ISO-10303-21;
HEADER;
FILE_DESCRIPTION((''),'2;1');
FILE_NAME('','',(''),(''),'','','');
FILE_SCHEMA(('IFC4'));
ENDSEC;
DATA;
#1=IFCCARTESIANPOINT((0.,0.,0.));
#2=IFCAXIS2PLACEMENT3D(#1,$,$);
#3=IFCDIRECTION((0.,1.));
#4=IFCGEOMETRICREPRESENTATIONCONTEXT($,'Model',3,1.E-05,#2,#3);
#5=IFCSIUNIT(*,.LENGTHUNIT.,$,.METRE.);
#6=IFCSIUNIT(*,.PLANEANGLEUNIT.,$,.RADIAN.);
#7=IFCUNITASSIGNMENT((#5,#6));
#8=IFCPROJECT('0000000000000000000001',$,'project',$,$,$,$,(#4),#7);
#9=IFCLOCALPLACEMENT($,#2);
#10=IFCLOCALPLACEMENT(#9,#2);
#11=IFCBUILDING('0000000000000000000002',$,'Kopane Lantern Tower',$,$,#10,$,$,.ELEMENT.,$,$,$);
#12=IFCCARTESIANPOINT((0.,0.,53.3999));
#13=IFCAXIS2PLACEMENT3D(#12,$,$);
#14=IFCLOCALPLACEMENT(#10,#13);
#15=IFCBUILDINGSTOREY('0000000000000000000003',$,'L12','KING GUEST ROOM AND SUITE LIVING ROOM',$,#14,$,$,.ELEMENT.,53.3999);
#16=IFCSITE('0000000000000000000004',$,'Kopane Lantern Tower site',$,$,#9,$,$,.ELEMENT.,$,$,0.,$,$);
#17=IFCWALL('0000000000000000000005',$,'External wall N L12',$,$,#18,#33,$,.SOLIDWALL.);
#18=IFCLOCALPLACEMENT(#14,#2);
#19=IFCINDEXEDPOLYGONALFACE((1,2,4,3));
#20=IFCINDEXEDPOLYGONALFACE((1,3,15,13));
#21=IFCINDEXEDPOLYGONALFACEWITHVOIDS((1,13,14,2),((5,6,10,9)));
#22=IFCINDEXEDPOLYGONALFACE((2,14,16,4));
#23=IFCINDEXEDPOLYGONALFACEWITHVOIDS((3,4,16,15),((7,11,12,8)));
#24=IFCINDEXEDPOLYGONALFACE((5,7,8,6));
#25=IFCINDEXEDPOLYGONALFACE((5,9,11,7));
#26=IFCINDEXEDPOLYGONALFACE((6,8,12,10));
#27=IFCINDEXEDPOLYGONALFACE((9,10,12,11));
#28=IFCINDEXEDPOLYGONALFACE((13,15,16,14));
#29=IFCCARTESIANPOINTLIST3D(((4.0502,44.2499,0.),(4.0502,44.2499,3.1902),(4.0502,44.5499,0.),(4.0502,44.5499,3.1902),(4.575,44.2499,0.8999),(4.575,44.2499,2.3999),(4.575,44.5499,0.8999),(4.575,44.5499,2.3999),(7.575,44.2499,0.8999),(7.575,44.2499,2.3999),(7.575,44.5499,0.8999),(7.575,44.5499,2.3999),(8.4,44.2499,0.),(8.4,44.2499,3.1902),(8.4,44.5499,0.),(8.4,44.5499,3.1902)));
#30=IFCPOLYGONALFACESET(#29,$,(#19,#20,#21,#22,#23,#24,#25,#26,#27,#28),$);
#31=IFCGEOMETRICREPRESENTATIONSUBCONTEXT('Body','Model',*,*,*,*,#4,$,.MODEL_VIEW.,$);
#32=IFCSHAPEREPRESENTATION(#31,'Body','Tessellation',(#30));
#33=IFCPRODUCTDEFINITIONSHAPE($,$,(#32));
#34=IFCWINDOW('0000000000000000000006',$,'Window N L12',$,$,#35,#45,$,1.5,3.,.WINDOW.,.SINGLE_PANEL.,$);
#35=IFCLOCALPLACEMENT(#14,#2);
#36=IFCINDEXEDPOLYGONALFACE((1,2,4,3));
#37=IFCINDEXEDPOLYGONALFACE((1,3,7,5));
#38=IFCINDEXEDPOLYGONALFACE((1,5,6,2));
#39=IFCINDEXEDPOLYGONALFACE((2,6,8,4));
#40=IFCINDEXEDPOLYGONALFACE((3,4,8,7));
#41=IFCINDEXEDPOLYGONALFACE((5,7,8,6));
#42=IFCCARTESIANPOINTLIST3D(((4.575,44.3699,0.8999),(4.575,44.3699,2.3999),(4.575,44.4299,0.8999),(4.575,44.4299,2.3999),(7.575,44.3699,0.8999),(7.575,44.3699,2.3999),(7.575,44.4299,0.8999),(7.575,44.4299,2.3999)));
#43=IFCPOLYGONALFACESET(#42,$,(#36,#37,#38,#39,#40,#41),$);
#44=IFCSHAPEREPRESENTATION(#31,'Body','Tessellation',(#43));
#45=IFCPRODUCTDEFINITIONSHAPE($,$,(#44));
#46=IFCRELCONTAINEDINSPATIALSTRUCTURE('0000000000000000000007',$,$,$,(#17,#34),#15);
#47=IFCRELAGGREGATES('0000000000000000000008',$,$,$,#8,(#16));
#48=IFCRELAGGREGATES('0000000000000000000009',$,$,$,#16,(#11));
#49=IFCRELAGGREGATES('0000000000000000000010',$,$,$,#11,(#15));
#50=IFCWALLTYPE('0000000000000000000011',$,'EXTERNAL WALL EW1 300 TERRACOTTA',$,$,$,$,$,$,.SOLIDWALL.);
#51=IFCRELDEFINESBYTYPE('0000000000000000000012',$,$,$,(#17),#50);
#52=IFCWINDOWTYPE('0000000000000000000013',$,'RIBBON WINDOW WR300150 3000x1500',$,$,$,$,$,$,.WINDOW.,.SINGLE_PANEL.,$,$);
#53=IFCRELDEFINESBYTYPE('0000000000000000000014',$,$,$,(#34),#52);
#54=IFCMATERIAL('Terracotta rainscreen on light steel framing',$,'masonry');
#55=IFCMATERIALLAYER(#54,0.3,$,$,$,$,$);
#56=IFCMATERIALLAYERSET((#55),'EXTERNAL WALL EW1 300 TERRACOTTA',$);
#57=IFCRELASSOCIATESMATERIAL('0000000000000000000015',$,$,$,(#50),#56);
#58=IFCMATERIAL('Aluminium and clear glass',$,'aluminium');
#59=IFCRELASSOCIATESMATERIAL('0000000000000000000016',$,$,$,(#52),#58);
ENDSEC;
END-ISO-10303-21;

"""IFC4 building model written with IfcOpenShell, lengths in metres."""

from ifc_helpers import new_model, si_unit, direction, frame, frame_2d, origin, place, context, subcontext, project, spatial, rectangle, extrude, material, layer, layer_set, type_object, element, fill, save


model = new_model("IFC4")

# Units and contexts
model_context = context("Model", 3, precision=1e-05, world=origin(), true_north=direction((0.0, 1.0)))
body_context = subcontext(model_context, "Body", "Model", "MODEL_VIEW")
ifc_project = project(units=[si_unit("LENGTHUNIT", "METRE"), si_unit("PLANEANGLEUNIT", "RADIAN")], contexts=[model_context])

# Site, building, storey
site_placement = place(None, origin())
site = spatial("IfcSite", under=ifc_project, at=site_placement, Name="Kopane Lantern Tower site", CompositionType="ELEMENT", RefElevation=0.0)
building_placement = place(site_placement, origin())
building = spatial("IfcBuilding", under=site, at=building_placement, Name="Kopane Lantern Tower", CompositionType="ELEMENT")
storey_placement = place(building_placement, frame((0.0, 0.0, 53.3999)))
storey = spatial("IfcBuildingStorey", under=building, at=storey_placement, Name="L12", Description="KING GUEST ROOM AND SUITE LIVING ROOM", CompositionType="ELEMENT", Elevation=53.3999)

# Wall, opening, window
ifc_material_1 = material(Name="Terracotta rainscreen on light steel framing", Category="masonry")
ifc_layer_1 = layer(ifc_material_1, 0.3)
ifc_layer_set_1 = layer_set([ifc_layer_1], Name="EXTERNAL WALL EW1 300 TERRACOTTA")
wall_type_1 = type_object("IfcWallType", Name="EXTERNAL WALL EW1 300 TERRACOTTA", PredefinedType="SOLIDWALL", material=ifc_layer_set_1)
ifc_material_2 = material(Name="Aluminium and clear glass", Category="aluminium")
window_type = type_object("IfcWindowType", Name="RIBBON WINDOW WR300150 3000x1500", PartitioningType="SINGLE_PANEL", PredefinedType="WINDOW", material=ifc_material_2)
wall_1_placement = place(storey_placement, frame((8.3999, 44.3999, 0.0), z_axis=(0.0, 0.0, 1.0), x_axis=(-1.0, 0.0, 0.0)))
wall_1 = element("IfcWall", 1, at=wall_1_placement, inside=storey, type_object=wall_type_1, Name="External wall N L12", PredefinedType="SOLIDWALL", context=body_context, shape_type="SweptSolid", body=[
    extrude(rectangle(XDim=4.3499, YDim=0.3, at=frame_2d((2.1748, 0.0))), origin(), (0.0, 0.0, 1.0), 3.1902),
])
opening_1_placement = place(wall_1_placement, frame((0.825, 0.0, 0.8999)))
opening_1 = element("IfcOpeningElement", 2, at=opening_1_placement, cuts=wall_1, PredefinedType="OPENING", context=body_context, shape_type="SweptSolid", body=[
    extrude(rectangle(XDim=3.0, YDim=1.5, at=frame_2d((1.5, 0.75))), frame((0.0, 0.1599, 0.0), z_axis=(0.0, -1.0, 0.0), x_axis=(1.0, 0.0, 0.0)), (0.0, 0.0, 1.0), 0.3201),
])
window_1_placement = place(opening_1_placement, origin())
window_1 = element("IfcWindow", 3, at=window_1_placement, inside=storey, type_object=window_type, Name="Window N L12", OverallHeight=1.5, OverallWidth=3.0, PartitioningType="SINGLE_PANEL", PredefinedType="WINDOW", context=body_context, shape_type="SweptSolid", body=[
    extrude(rectangle(XDim=3.0, YDim=1.5, at=frame_2d((1.5, 0.75))), frame((0.0, 0.03, 0.0), z_axis=(0.0, -1.0, 0.0), x_axis=(1.0, 0.0, 0.0)), (0.0, 0.0, 1.0), 0.0601),
])
fill(opening_1, window_1)

save(model, "model.ifc")
